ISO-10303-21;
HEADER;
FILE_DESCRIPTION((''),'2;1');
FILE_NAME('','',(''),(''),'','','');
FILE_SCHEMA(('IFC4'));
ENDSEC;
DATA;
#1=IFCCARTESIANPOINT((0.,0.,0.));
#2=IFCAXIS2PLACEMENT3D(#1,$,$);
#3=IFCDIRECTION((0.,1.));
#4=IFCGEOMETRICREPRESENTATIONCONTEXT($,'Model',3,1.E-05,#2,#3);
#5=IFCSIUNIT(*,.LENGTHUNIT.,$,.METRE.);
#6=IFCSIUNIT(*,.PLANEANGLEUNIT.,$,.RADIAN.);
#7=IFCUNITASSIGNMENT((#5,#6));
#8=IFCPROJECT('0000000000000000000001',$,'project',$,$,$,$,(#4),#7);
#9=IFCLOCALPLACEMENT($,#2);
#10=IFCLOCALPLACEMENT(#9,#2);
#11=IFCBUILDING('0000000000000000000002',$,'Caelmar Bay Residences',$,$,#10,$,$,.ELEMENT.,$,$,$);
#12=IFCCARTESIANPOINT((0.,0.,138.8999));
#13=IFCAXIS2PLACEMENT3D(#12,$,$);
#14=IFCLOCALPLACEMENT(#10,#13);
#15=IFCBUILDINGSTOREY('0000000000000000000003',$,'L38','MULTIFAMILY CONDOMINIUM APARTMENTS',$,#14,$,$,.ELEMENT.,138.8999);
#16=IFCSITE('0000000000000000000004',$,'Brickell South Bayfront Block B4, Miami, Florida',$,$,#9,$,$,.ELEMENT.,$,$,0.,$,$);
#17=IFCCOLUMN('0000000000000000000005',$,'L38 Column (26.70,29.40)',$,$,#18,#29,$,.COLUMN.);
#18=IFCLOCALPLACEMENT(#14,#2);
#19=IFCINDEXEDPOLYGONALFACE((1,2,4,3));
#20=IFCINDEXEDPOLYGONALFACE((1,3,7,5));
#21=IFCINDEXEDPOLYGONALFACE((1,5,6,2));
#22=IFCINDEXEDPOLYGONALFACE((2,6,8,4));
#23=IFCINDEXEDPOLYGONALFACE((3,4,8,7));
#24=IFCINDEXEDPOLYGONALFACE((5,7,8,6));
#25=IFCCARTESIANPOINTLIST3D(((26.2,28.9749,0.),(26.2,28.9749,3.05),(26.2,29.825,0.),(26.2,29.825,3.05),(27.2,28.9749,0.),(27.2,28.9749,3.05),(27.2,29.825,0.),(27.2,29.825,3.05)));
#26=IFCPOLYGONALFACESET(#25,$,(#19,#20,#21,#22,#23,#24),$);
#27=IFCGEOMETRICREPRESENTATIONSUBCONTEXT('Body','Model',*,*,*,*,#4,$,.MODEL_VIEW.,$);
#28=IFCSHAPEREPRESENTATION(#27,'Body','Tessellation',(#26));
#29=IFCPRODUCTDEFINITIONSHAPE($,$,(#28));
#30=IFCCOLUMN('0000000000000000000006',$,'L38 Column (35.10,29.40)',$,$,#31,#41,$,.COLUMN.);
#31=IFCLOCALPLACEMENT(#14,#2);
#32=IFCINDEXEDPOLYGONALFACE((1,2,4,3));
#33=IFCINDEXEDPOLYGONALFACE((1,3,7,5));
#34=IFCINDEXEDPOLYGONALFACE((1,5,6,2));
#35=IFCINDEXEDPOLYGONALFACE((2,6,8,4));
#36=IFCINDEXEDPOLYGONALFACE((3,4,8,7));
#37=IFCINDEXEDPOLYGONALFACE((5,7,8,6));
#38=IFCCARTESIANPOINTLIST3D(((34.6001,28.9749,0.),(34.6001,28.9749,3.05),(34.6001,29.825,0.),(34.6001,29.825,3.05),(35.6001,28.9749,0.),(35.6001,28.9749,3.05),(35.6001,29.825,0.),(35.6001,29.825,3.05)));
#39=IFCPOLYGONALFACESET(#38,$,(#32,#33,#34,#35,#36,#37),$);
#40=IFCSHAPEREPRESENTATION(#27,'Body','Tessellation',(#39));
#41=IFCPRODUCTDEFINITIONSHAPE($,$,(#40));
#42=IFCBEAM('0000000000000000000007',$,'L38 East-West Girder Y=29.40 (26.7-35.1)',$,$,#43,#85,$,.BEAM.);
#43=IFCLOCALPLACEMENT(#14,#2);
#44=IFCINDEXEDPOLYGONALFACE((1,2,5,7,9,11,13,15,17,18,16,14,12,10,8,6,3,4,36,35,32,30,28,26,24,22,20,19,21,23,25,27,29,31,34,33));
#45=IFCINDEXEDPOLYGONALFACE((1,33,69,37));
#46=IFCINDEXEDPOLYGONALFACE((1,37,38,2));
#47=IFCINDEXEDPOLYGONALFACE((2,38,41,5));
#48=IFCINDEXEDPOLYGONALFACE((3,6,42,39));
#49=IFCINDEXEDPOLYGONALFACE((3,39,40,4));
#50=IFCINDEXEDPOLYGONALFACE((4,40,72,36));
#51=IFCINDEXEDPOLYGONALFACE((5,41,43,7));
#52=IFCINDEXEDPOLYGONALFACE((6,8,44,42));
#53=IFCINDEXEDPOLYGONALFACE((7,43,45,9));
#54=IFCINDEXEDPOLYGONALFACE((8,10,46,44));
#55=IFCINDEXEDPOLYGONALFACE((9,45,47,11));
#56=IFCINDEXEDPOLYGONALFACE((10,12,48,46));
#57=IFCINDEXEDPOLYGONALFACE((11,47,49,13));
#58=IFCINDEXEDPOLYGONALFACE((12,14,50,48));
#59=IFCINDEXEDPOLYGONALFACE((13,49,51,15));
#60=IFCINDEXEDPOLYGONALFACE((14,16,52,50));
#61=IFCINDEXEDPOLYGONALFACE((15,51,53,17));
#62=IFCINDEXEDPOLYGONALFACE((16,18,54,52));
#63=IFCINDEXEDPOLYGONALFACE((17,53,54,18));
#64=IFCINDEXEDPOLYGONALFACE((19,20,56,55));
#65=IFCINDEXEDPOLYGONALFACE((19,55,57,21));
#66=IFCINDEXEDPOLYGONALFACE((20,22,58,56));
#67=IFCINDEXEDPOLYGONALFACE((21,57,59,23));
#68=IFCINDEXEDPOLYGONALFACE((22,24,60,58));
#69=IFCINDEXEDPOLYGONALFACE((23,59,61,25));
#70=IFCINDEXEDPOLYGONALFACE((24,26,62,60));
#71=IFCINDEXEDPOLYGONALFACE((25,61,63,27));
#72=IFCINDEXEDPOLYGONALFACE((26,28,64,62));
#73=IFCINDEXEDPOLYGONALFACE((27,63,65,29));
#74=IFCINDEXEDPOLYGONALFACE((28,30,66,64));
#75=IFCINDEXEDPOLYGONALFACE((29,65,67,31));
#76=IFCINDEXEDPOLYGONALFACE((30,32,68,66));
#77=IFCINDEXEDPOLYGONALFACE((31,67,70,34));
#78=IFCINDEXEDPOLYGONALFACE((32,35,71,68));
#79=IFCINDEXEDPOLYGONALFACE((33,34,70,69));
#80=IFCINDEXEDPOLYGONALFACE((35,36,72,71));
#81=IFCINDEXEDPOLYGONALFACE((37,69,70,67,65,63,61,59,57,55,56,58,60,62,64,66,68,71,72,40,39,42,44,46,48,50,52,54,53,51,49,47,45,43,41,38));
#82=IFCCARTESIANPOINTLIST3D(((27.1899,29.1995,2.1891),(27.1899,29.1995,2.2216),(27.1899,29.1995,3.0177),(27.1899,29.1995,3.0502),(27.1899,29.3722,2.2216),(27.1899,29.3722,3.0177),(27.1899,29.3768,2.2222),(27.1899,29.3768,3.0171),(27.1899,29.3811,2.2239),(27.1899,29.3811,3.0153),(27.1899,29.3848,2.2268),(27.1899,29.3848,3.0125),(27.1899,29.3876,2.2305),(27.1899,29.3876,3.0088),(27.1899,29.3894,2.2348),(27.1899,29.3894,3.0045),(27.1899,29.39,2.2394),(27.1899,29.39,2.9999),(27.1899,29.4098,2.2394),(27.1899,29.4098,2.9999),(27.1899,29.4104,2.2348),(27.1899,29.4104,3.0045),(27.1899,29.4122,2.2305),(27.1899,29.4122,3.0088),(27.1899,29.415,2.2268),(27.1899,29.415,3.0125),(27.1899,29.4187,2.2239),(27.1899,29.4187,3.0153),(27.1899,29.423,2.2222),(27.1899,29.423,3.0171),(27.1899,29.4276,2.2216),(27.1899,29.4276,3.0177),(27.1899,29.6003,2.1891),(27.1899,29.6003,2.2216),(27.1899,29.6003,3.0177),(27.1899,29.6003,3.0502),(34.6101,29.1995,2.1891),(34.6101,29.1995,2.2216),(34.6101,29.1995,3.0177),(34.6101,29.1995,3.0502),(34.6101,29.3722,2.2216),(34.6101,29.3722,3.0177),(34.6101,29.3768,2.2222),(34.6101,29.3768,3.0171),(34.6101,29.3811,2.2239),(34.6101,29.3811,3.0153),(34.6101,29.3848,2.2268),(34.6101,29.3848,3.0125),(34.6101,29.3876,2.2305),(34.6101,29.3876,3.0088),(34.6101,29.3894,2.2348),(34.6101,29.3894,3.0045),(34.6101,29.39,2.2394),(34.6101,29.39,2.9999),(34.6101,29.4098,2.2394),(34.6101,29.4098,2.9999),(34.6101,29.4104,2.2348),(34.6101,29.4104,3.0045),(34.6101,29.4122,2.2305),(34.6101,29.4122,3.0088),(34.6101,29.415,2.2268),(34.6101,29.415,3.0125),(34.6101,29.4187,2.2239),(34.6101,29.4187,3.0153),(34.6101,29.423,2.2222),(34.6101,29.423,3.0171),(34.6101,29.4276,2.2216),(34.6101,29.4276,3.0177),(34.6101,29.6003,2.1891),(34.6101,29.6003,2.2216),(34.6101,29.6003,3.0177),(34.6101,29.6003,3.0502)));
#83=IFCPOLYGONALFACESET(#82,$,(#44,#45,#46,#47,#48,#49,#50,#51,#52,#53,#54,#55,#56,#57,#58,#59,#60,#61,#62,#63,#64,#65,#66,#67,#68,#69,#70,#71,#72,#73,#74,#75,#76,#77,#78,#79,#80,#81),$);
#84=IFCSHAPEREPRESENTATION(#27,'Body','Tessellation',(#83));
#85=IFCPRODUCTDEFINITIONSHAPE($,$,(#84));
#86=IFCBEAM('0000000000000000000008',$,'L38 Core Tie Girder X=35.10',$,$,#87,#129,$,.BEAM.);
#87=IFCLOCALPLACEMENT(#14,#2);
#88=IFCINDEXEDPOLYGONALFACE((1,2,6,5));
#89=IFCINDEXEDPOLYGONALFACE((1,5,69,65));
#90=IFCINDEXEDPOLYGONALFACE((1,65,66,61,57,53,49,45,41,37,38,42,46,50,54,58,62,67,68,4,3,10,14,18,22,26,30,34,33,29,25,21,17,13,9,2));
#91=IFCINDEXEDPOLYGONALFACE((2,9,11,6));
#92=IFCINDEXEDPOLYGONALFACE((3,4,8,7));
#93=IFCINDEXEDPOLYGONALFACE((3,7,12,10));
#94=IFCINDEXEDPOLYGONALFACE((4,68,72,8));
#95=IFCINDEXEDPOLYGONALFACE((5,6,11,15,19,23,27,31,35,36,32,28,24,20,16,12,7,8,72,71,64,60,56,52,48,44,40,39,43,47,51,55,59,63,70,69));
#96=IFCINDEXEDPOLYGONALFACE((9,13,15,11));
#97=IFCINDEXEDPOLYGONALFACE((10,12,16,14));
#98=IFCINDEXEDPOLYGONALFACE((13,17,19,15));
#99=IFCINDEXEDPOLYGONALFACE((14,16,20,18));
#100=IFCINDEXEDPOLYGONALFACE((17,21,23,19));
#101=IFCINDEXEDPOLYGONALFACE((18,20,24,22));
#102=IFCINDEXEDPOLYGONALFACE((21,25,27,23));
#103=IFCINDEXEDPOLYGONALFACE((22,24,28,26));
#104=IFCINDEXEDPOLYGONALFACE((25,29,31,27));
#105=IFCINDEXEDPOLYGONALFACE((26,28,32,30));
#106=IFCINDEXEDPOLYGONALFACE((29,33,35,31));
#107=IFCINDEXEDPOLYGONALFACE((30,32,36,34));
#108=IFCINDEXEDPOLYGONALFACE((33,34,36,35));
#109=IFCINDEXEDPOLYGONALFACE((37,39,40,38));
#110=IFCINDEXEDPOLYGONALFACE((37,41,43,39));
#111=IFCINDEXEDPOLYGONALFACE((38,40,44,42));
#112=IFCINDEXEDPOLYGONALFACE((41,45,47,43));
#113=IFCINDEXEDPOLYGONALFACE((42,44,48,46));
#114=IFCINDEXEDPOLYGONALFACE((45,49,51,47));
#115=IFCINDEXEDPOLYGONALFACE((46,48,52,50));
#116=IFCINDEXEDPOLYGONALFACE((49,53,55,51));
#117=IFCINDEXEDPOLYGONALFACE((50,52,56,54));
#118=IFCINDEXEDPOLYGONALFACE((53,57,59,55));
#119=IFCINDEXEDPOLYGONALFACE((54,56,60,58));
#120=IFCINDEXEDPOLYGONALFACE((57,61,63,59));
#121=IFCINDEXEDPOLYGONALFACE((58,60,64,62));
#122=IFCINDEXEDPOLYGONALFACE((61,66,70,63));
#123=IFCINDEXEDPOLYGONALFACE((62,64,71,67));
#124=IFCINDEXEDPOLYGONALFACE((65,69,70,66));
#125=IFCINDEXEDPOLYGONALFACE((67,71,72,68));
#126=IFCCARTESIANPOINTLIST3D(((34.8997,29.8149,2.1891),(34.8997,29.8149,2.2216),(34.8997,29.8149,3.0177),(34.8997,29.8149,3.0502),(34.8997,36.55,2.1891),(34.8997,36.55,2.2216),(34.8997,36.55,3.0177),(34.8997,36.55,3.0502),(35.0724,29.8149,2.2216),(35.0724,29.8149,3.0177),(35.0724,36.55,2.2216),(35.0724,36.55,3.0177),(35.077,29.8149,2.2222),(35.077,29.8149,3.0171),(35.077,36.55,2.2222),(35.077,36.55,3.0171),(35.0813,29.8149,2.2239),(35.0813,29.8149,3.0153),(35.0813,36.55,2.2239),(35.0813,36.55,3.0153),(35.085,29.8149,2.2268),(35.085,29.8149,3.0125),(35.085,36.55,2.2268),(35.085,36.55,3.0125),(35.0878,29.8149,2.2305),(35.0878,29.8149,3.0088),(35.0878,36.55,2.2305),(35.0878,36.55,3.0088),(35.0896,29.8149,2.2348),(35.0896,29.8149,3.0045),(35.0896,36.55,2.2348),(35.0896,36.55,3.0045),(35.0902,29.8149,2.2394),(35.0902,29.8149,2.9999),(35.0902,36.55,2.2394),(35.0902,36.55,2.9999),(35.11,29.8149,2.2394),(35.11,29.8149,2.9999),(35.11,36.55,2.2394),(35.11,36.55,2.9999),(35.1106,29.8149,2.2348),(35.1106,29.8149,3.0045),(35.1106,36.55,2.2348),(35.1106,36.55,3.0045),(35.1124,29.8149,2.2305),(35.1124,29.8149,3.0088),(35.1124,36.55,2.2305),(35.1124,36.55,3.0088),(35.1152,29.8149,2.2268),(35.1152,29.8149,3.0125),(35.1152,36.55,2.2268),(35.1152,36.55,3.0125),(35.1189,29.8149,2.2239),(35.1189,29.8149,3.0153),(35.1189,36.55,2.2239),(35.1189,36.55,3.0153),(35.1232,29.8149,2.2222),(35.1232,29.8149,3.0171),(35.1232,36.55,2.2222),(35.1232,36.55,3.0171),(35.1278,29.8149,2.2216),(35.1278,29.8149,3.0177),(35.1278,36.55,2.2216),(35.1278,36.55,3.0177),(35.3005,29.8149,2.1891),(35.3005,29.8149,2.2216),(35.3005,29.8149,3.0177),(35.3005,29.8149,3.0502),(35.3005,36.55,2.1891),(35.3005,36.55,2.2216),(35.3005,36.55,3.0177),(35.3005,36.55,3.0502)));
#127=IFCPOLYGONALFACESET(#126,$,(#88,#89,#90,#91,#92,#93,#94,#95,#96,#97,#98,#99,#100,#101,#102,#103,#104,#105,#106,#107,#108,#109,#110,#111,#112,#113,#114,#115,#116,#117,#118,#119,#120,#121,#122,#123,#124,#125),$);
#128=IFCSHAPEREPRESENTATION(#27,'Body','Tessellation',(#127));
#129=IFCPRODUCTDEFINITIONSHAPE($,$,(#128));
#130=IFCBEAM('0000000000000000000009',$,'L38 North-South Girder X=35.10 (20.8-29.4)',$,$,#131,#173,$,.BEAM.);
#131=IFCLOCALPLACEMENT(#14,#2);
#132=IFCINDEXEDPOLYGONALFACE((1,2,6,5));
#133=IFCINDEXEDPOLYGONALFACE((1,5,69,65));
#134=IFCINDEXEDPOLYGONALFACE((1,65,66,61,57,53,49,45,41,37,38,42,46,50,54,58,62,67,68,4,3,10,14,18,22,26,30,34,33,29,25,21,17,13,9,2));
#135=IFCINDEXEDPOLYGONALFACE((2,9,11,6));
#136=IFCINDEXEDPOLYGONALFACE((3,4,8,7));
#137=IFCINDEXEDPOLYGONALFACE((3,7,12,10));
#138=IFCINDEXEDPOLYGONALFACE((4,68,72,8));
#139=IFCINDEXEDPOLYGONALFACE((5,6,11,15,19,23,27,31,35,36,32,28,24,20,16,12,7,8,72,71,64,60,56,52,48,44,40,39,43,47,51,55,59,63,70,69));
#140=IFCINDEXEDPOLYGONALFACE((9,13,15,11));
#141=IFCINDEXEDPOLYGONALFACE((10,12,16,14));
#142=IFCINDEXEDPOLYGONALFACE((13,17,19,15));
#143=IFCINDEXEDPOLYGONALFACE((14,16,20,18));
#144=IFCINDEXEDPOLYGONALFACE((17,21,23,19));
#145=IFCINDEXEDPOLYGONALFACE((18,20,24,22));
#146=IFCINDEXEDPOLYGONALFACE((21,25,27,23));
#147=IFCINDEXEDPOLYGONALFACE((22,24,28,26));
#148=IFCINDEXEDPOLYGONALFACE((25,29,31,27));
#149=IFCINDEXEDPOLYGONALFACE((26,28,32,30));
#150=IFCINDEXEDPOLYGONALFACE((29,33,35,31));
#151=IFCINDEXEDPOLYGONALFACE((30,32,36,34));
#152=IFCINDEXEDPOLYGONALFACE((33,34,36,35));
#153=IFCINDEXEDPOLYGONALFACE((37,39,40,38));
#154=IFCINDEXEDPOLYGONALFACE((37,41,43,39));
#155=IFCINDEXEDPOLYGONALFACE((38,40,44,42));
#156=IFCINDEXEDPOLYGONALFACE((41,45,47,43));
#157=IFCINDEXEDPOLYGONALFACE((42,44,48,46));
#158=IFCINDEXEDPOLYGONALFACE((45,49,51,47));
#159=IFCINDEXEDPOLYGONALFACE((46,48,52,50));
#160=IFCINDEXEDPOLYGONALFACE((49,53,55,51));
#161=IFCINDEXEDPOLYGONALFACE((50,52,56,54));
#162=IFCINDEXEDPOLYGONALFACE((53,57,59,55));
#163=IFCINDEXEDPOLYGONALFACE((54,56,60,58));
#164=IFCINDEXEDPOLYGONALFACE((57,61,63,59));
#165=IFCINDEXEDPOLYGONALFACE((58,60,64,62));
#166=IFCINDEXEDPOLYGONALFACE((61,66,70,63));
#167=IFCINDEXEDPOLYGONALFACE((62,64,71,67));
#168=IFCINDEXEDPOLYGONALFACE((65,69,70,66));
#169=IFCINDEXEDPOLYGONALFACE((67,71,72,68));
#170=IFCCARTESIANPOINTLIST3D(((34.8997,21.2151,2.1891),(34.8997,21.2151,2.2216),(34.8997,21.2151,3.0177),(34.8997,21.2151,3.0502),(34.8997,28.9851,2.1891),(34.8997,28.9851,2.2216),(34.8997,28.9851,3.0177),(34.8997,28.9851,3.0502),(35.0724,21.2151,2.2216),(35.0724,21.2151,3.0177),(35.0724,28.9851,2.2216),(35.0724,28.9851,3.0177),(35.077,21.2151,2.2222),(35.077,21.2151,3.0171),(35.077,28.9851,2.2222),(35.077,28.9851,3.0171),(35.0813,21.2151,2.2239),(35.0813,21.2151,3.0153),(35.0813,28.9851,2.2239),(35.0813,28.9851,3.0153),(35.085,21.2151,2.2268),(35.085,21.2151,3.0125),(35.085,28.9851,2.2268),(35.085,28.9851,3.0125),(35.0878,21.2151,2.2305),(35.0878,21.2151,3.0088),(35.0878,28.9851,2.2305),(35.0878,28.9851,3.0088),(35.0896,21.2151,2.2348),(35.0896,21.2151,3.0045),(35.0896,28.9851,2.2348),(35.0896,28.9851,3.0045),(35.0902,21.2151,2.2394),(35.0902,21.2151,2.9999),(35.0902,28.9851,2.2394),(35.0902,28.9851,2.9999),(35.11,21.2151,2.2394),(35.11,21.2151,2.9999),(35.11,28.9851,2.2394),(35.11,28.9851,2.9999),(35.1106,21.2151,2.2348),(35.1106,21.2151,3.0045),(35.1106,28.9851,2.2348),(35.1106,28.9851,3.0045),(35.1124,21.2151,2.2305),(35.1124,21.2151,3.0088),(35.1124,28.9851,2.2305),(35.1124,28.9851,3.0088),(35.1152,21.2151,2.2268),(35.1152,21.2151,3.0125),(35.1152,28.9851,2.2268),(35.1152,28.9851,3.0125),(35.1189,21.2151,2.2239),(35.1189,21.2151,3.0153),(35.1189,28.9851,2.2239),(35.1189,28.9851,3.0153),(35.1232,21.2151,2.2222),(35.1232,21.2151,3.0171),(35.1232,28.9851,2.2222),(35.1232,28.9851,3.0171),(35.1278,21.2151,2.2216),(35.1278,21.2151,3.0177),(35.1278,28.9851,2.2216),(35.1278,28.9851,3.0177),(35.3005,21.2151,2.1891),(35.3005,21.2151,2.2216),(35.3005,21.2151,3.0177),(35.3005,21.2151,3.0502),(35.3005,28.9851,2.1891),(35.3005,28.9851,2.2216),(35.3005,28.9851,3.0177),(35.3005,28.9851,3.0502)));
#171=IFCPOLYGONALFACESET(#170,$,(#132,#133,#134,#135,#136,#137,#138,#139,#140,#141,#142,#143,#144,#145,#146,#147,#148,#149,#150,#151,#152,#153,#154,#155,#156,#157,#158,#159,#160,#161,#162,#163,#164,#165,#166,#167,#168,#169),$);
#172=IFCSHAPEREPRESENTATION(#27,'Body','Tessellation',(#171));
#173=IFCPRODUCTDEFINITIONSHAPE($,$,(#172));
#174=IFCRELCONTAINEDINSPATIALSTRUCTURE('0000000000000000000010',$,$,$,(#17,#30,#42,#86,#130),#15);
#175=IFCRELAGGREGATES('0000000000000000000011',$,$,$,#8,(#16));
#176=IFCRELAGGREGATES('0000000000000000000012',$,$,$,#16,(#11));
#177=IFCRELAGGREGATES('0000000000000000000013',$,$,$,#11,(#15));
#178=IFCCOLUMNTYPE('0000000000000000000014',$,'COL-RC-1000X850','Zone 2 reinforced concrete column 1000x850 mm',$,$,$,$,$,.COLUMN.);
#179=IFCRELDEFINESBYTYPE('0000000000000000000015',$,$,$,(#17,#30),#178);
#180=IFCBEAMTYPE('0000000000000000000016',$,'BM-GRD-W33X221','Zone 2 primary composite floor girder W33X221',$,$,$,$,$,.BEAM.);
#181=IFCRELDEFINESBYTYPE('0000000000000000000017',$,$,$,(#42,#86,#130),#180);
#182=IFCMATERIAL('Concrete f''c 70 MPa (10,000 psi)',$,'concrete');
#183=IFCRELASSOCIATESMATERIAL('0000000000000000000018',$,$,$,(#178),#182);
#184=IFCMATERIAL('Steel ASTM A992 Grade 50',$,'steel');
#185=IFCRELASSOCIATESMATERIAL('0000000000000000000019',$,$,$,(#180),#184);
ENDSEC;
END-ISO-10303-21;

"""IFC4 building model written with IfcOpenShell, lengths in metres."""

from ifc_helpers import new_model, si_unit, direction, frame, origin, origin_2d, place, context, subcontext, project, spatial, rectangle, i_section, extrude, material, material_profile, profile_set, type_object, element, save


model = new_model("IFC4")

# Units and contexts
model_context = context("Model", 3, precision=1e-05, world=origin(), true_north=direction((0.0, 1.0)))
body_context = subcontext(model_context, "Body", "Model", "MODEL_VIEW")
ifc_project = project(units=[si_unit("LENGTHUNIT", "METRE"), si_unit("PLANEANGLEUNIT", "RADIAN")], contexts=[model_context])

# Site, building, storey
site_placement = place(None, origin())
site = spatial("IfcSite", under=ifc_project, at=site_placement, Name="Brickell South Bayfront Block B4, Miami, Florida", CompositionType="ELEMENT", RefElevation=0.0)
building_placement = place(site_placement, origin())
building = spatial("IfcBuilding", under=site, at=building_placement, Name="Caelmar Bay Residences", CompositionType="ELEMENT")
storey_placement = place(building_placement, frame((0.0, 0.0, 138.8999)))
storey = spatial("IfcBuildingStorey", under=building, at=storey_placement, Name="L38", Description="MULTIFAMILY CONDOMINIUM APARTMENTS", CompositionType="ELEMENT", Elevation=138.8999)

# Columns
ifc_material_1 = material(Name="Concrete f'c 70 MPa (10,000 psi)", Category="concrete")
ifc_material_profile_1 = material_profile(ifc_material_1, rectangle(XDim=1.0, YDim=0.8501, at=origin_2d()), Name="RC-COL-1000X850")
ifc_profile_set_1 = profile_set([ifc_material_profile_1], Name="Concrete f'c 70 MPa (10,000 psi)")
column_type = type_object("IfcColumnType", Name="COL-RC-1000X850", Description="Zone 2 reinforced concrete column 1000x850 mm", PredefinedType="COLUMN", material=ifc_profile_set_1)
for number, where, z_axis, x_axis, name in (
    (1, (26.7, 29.3999, 0.0), (0.0, 0.0, 1.0), (1.0, 0.0, 0.0), "L38 Column (26.70,29.40)"),
    (2, (35.1001, 29.3999, 0.0), (0.0, 0.0, 1.0), (1.0, 0.0, 0.0), "L38 Column (35.10,29.40)"),
):
    element("IfcColumn", number, at=place(storey_placement, frame(where, z_axis=z_axis, x_axis=x_axis)), inside=storey, type_object=column_type, Name=name, PredefinedType="COLUMN", context=body_context, shape_type="SweptSolid", body=[
        extrude(rectangle(XDim=1.0, YDim=0.8501, at=origin_2d()), origin(), (0.0, 0.0, 1.0), 3.05),
    ])

# Beams
ifc_material_2 = material(Name="Steel ASTM A992 Grade 50", Category="steel")
ifc_material_profile_2 = material_profile(ifc_material_2, i_section(OverallWidth=0.4009, OverallDepth=0.8611, WebThickness=0.0198, FlangeThickness=0.0325, FilletRadius=0.0178, at=origin_2d()), Name="W33X221")
ifc_profile_set_2 = profile_set([ifc_material_profile_2], Name="Steel ASTM A992 Grade 50")
beam_type_1 = type_object("IfcBeamType", Name="BM-GRD-W33X221", Description="Zone 2 primary composite floor girder W33X221", PredefinedType="BEAM", material=ifc_profile_set_2)
beam_1_placement = place(storey_placement, frame((27.1899, 29.3999, 2.6196), z_axis=(1.0, 0.0, 0.0), x_axis=(0.0, 1.0, 0.0)))
element("IfcBeam", 3, at=beam_1_placement, inside=storey, type_object=beam_type_1, Name="L38 East-West Girder Y=29.40 (26.7-35.1)", PredefinedType="BEAM", context=body_context, shape_type="SweptSolid", body=[
    extrude(i_section(OverallWidth=0.4009, OverallDepth=0.8611, WebThickness=0.0198, FlangeThickness=0.0325, FilletRadius=0.0178, at=origin_2d()), origin(), (0.0, 0.0, 1.0), 7.4202),
])
beam_2_placement = place(storey_placement, frame((35.1001, 29.8149, 2.6196), z_axis=(0.0, 1.0, 0.0), x_axis=(-1.0, 0.0, 0.0)))
element("IfcBeam", 4, at=beam_2_placement, inside=storey, type_object=beam_type_1, Name="L38 Core Tie Girder X=35.10", PredefinedType="BEAM", context=body_context, shape_type="SweptSolid", body=[
    extrude(i_section(OverallWidth=0.4009, OverallDepth=0.8611, WebThickness=0.0198, FlangeThickness=0.0325, FilletRadius=0.0178, at=origin_2d()), origin(), (0.0, 0.0, 1.0), 6.7351),
])
beam_3_placement = place(storey_placement, frame((35.1001, 21.2151, 2.6196), z_axis=(0.0, 1.0, 0.0), x_axis=(-1.0, 0.0, 0.0)))
element("IfcBeam", 5, at=beam_3_placement, inside=storey, type_object=beam_type_1, Name="L38 North-South Girder X=35.10 (20.8-29.4)", PredefinedType="BEAM", context=body_context, shape_type="SweptSolid", body=[
    extrude(i_section(OverallWidth=0.4009, OverallDepth=0.8611, WebThickness=0.0198, FlangeThickness=0.0325, FilletRadius=0.0178, at=origin_2d()), origin(), (0.0, 0.0, 1.0), 7.77),
])

save(model, "model.ifc")
